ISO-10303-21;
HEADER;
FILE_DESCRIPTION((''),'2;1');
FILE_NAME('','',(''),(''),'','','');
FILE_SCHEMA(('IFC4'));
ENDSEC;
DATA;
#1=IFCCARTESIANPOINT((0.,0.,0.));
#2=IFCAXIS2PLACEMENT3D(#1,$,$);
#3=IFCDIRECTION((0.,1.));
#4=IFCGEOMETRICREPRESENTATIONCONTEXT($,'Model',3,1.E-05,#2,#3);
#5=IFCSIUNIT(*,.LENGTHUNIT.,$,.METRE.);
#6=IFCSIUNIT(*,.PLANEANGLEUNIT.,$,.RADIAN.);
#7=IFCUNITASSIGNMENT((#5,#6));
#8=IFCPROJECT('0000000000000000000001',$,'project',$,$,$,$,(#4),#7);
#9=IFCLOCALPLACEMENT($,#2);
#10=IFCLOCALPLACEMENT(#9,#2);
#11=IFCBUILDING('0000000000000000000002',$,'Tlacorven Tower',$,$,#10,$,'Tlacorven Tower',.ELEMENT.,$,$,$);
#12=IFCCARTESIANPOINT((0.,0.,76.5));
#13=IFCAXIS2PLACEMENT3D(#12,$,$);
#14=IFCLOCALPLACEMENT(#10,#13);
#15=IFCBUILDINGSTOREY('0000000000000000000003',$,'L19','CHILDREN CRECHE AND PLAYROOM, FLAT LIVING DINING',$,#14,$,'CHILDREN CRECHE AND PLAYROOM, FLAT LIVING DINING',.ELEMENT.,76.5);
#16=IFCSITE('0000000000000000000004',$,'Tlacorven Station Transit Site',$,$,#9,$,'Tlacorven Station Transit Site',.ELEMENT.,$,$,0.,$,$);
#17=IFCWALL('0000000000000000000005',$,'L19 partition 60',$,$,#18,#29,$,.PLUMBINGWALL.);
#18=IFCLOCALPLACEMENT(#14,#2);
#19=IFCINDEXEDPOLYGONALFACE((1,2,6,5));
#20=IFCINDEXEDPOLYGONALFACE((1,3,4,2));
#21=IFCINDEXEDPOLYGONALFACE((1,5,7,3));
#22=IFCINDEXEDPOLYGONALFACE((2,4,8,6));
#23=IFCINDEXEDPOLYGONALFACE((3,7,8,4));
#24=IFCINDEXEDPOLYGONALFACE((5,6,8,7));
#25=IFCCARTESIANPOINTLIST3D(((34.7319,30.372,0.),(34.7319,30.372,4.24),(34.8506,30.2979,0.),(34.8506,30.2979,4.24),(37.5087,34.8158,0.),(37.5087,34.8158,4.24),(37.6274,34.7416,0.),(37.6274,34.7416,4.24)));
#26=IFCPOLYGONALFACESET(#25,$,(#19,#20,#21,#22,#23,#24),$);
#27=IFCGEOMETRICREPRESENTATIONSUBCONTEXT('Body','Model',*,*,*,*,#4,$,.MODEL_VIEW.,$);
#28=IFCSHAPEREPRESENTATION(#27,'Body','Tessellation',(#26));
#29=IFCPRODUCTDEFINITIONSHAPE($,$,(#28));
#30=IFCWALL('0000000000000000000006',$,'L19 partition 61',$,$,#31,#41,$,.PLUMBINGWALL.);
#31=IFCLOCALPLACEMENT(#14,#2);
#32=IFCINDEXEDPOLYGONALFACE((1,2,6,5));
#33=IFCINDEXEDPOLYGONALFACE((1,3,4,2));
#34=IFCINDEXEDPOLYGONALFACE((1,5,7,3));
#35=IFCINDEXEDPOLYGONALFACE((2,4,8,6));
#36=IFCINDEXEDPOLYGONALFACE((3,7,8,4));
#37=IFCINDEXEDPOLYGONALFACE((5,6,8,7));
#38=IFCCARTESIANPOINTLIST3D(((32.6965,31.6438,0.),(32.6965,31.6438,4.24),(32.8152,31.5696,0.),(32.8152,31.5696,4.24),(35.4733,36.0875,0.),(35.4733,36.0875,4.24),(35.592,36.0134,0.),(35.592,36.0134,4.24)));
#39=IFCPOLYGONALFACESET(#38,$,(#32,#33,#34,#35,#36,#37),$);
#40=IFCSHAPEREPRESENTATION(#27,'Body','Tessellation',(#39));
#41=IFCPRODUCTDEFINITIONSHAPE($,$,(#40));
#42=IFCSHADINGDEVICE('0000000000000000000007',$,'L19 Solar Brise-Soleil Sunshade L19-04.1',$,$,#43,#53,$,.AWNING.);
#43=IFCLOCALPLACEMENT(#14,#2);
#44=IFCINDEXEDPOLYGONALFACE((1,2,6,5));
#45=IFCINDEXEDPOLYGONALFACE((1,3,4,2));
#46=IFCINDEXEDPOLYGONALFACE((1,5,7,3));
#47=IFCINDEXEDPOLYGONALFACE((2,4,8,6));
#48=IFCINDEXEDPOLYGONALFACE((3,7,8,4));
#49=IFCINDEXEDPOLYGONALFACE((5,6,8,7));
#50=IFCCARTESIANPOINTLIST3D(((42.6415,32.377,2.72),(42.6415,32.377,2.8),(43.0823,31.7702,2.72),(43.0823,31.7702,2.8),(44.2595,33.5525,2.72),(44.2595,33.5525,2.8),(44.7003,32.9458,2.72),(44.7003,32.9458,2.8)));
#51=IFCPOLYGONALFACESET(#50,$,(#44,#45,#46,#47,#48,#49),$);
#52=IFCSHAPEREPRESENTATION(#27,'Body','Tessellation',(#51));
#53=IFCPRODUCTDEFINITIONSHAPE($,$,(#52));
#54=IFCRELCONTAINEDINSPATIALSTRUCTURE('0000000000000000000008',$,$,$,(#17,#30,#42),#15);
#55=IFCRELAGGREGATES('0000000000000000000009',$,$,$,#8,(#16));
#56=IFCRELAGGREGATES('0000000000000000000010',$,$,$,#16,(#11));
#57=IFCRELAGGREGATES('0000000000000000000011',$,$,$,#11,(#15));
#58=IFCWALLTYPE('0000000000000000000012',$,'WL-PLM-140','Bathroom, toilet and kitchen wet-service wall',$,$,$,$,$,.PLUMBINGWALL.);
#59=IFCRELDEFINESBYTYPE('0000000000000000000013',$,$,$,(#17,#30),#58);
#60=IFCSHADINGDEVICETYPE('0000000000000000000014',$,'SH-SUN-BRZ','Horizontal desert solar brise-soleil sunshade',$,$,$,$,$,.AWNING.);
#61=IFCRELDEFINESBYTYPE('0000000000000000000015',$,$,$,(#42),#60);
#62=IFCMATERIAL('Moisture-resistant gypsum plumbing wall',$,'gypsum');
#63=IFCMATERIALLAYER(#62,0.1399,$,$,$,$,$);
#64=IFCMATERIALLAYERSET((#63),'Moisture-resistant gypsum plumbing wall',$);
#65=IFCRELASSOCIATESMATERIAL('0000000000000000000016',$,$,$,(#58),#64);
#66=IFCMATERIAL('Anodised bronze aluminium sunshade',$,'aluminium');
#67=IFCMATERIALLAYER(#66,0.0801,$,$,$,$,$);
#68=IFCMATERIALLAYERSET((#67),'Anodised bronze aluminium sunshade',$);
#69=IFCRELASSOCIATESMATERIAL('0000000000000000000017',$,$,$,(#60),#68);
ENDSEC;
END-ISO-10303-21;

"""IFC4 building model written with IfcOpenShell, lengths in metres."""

from ifc_helpers import new_model, si_unit, direction, frame, frame_2d, origin, origin_2d, place, context, subcontext, project, spatial, rectangle, extrude, source, transform, mapped, material, layer, layer_set, type_object, element, save


model = new_model("IFC4")

# Units and contexts
model_context = context("Model", 3, precision=1e-05, world=origin(), true_north=direction((0.0, 1.0)))
body_context = subcontext(model_context, "Body", "Model", "MODEL_VIEW")
ifc_project = project(units=[si_unit("LENGTHUNIT", "METRE"), si_unit("PLANEANGLEUNIT", "RADIAN")], contexts=[model_context])

# Site, building, storey
site_placement = place(None, origin())
site = spatial("IfcSite", under=ifc_project, at=site_placement, Name="Tlacorven Station Transit Site", LongName="Tlacorven Station Transit Site", CompositionType="ELEMENT", RefElevation=0.0)
building_placement = place(site_placement, origin())
building = spatial("IfcBuilding", under=site, at=building_placement, Name="Tlacorven Tower", LongName="Tlacorven Tower", CompositionType="ELEMENT")
storey_placement = place(building_placement, frame((0.0, 0.0, 76.5)))
storey = spatial("IfcBuildingStorey", under=building, at=storey_placement, Name="L19", Description="CHILDREN CRECHE AND PLAYROOM, FLAT LIVING DINING", LongName="CHILDREN CRECHE AND PLAYROOM, FLAT LIVING DINING", CompositionType="ELEMENT", Elevation=76.5)

# Walls
ifc_material_1 = material(Name="Moisture-resistant gypsum plumbing wall", Category="gypsum")
ifc_layer_1 = layer(ifc_material_1, 0.1399)
ifc_layer_set_1 = layer_set([ifc_layer_1], Name="Moisture-resistant gypsum plumbing wall")
wall_type_1 = type_object("IfcWallType", Name="WL-PLM-140", Description="Bathroom, toilet and kitchen wet-service wall", PredefinedType="PLUMBINGWALL", material=ifc_layer_set_1)
for number, where, z_axis, x_axis, name in (
    (1, (37.5681, 34.7788, 0.0), (0.0, 0.0, 1.0), (-0.529924, -0.848045, 0.0), "L19 partition 60"),
    (2, (35.5327, 36.0505, 0.0), (0.0, 0.0, 1.0), (-0.529924, -0.848045, 0.0), "L19 partition 61"),
):
    element("IfcWall", number, at=place(storey_placement, frame(where, z_axis=z_axis, x_axis=x_axis)), inside=storey, type_object=wall_type_1, Name=name, PredefinedType="PLUMBINGWALL", context=body_context, shape_type="SweptSolid", body=[
        extrude(rectangle(XDim=5.24, YDim=0.1399, at=frame_2d((2.6201, 0.0))), origin(), (0.0, 0.0, 1.0), 4.24),
    ])

# Shading device
ifc_material_2 = material(Name="Anodised bronze aluminium sunshade", Category="aluminium")
ifc_layer_2 = layer(ifc_material_2, 0.0801)
ifc_layer_set_2 = layer_set([ifc_layer_2], Name="Anodised bronze aluminium sunshade")
shading_device_type = type_object("IfcShadingDeviceType", Name="SH-SUN-BRZ", Description="Horizontal desert solar brise-soleil sunshade", PredefinedType="AWNING", material=ifc_layer_set_2)
shared_shape_1 = source(origin(), body_context, "Body", "SweptSolid", [
    extrude(rectangle(XDim=2.0, YDim=0.75, at=origin_2d()), origin(), (0.0, 0.0, 1.0), 0.0801),
])
shading_device_placement = place(storey_placement, frame((43.6709, 32.6614, 2.72), z_axis=(0.0, 0.0, 1.0), x_axis=(0.809017, 0.587786, 0.0)))
element("IfcShadingDevice", 3, at=shading_device_placement, inside=storey, type_object=shading_device_type, Name="L19 Solar Brise-Soleil Sunshade L19-04.1", PredefinedType="AWNING", context=body_context, shape_type="MappedRepresentation", body=[
    mapped(shared_shape_1, transform((0.0, 0.0, 0.0), scale=1.0)),
])

save(model, "model.ifc")
